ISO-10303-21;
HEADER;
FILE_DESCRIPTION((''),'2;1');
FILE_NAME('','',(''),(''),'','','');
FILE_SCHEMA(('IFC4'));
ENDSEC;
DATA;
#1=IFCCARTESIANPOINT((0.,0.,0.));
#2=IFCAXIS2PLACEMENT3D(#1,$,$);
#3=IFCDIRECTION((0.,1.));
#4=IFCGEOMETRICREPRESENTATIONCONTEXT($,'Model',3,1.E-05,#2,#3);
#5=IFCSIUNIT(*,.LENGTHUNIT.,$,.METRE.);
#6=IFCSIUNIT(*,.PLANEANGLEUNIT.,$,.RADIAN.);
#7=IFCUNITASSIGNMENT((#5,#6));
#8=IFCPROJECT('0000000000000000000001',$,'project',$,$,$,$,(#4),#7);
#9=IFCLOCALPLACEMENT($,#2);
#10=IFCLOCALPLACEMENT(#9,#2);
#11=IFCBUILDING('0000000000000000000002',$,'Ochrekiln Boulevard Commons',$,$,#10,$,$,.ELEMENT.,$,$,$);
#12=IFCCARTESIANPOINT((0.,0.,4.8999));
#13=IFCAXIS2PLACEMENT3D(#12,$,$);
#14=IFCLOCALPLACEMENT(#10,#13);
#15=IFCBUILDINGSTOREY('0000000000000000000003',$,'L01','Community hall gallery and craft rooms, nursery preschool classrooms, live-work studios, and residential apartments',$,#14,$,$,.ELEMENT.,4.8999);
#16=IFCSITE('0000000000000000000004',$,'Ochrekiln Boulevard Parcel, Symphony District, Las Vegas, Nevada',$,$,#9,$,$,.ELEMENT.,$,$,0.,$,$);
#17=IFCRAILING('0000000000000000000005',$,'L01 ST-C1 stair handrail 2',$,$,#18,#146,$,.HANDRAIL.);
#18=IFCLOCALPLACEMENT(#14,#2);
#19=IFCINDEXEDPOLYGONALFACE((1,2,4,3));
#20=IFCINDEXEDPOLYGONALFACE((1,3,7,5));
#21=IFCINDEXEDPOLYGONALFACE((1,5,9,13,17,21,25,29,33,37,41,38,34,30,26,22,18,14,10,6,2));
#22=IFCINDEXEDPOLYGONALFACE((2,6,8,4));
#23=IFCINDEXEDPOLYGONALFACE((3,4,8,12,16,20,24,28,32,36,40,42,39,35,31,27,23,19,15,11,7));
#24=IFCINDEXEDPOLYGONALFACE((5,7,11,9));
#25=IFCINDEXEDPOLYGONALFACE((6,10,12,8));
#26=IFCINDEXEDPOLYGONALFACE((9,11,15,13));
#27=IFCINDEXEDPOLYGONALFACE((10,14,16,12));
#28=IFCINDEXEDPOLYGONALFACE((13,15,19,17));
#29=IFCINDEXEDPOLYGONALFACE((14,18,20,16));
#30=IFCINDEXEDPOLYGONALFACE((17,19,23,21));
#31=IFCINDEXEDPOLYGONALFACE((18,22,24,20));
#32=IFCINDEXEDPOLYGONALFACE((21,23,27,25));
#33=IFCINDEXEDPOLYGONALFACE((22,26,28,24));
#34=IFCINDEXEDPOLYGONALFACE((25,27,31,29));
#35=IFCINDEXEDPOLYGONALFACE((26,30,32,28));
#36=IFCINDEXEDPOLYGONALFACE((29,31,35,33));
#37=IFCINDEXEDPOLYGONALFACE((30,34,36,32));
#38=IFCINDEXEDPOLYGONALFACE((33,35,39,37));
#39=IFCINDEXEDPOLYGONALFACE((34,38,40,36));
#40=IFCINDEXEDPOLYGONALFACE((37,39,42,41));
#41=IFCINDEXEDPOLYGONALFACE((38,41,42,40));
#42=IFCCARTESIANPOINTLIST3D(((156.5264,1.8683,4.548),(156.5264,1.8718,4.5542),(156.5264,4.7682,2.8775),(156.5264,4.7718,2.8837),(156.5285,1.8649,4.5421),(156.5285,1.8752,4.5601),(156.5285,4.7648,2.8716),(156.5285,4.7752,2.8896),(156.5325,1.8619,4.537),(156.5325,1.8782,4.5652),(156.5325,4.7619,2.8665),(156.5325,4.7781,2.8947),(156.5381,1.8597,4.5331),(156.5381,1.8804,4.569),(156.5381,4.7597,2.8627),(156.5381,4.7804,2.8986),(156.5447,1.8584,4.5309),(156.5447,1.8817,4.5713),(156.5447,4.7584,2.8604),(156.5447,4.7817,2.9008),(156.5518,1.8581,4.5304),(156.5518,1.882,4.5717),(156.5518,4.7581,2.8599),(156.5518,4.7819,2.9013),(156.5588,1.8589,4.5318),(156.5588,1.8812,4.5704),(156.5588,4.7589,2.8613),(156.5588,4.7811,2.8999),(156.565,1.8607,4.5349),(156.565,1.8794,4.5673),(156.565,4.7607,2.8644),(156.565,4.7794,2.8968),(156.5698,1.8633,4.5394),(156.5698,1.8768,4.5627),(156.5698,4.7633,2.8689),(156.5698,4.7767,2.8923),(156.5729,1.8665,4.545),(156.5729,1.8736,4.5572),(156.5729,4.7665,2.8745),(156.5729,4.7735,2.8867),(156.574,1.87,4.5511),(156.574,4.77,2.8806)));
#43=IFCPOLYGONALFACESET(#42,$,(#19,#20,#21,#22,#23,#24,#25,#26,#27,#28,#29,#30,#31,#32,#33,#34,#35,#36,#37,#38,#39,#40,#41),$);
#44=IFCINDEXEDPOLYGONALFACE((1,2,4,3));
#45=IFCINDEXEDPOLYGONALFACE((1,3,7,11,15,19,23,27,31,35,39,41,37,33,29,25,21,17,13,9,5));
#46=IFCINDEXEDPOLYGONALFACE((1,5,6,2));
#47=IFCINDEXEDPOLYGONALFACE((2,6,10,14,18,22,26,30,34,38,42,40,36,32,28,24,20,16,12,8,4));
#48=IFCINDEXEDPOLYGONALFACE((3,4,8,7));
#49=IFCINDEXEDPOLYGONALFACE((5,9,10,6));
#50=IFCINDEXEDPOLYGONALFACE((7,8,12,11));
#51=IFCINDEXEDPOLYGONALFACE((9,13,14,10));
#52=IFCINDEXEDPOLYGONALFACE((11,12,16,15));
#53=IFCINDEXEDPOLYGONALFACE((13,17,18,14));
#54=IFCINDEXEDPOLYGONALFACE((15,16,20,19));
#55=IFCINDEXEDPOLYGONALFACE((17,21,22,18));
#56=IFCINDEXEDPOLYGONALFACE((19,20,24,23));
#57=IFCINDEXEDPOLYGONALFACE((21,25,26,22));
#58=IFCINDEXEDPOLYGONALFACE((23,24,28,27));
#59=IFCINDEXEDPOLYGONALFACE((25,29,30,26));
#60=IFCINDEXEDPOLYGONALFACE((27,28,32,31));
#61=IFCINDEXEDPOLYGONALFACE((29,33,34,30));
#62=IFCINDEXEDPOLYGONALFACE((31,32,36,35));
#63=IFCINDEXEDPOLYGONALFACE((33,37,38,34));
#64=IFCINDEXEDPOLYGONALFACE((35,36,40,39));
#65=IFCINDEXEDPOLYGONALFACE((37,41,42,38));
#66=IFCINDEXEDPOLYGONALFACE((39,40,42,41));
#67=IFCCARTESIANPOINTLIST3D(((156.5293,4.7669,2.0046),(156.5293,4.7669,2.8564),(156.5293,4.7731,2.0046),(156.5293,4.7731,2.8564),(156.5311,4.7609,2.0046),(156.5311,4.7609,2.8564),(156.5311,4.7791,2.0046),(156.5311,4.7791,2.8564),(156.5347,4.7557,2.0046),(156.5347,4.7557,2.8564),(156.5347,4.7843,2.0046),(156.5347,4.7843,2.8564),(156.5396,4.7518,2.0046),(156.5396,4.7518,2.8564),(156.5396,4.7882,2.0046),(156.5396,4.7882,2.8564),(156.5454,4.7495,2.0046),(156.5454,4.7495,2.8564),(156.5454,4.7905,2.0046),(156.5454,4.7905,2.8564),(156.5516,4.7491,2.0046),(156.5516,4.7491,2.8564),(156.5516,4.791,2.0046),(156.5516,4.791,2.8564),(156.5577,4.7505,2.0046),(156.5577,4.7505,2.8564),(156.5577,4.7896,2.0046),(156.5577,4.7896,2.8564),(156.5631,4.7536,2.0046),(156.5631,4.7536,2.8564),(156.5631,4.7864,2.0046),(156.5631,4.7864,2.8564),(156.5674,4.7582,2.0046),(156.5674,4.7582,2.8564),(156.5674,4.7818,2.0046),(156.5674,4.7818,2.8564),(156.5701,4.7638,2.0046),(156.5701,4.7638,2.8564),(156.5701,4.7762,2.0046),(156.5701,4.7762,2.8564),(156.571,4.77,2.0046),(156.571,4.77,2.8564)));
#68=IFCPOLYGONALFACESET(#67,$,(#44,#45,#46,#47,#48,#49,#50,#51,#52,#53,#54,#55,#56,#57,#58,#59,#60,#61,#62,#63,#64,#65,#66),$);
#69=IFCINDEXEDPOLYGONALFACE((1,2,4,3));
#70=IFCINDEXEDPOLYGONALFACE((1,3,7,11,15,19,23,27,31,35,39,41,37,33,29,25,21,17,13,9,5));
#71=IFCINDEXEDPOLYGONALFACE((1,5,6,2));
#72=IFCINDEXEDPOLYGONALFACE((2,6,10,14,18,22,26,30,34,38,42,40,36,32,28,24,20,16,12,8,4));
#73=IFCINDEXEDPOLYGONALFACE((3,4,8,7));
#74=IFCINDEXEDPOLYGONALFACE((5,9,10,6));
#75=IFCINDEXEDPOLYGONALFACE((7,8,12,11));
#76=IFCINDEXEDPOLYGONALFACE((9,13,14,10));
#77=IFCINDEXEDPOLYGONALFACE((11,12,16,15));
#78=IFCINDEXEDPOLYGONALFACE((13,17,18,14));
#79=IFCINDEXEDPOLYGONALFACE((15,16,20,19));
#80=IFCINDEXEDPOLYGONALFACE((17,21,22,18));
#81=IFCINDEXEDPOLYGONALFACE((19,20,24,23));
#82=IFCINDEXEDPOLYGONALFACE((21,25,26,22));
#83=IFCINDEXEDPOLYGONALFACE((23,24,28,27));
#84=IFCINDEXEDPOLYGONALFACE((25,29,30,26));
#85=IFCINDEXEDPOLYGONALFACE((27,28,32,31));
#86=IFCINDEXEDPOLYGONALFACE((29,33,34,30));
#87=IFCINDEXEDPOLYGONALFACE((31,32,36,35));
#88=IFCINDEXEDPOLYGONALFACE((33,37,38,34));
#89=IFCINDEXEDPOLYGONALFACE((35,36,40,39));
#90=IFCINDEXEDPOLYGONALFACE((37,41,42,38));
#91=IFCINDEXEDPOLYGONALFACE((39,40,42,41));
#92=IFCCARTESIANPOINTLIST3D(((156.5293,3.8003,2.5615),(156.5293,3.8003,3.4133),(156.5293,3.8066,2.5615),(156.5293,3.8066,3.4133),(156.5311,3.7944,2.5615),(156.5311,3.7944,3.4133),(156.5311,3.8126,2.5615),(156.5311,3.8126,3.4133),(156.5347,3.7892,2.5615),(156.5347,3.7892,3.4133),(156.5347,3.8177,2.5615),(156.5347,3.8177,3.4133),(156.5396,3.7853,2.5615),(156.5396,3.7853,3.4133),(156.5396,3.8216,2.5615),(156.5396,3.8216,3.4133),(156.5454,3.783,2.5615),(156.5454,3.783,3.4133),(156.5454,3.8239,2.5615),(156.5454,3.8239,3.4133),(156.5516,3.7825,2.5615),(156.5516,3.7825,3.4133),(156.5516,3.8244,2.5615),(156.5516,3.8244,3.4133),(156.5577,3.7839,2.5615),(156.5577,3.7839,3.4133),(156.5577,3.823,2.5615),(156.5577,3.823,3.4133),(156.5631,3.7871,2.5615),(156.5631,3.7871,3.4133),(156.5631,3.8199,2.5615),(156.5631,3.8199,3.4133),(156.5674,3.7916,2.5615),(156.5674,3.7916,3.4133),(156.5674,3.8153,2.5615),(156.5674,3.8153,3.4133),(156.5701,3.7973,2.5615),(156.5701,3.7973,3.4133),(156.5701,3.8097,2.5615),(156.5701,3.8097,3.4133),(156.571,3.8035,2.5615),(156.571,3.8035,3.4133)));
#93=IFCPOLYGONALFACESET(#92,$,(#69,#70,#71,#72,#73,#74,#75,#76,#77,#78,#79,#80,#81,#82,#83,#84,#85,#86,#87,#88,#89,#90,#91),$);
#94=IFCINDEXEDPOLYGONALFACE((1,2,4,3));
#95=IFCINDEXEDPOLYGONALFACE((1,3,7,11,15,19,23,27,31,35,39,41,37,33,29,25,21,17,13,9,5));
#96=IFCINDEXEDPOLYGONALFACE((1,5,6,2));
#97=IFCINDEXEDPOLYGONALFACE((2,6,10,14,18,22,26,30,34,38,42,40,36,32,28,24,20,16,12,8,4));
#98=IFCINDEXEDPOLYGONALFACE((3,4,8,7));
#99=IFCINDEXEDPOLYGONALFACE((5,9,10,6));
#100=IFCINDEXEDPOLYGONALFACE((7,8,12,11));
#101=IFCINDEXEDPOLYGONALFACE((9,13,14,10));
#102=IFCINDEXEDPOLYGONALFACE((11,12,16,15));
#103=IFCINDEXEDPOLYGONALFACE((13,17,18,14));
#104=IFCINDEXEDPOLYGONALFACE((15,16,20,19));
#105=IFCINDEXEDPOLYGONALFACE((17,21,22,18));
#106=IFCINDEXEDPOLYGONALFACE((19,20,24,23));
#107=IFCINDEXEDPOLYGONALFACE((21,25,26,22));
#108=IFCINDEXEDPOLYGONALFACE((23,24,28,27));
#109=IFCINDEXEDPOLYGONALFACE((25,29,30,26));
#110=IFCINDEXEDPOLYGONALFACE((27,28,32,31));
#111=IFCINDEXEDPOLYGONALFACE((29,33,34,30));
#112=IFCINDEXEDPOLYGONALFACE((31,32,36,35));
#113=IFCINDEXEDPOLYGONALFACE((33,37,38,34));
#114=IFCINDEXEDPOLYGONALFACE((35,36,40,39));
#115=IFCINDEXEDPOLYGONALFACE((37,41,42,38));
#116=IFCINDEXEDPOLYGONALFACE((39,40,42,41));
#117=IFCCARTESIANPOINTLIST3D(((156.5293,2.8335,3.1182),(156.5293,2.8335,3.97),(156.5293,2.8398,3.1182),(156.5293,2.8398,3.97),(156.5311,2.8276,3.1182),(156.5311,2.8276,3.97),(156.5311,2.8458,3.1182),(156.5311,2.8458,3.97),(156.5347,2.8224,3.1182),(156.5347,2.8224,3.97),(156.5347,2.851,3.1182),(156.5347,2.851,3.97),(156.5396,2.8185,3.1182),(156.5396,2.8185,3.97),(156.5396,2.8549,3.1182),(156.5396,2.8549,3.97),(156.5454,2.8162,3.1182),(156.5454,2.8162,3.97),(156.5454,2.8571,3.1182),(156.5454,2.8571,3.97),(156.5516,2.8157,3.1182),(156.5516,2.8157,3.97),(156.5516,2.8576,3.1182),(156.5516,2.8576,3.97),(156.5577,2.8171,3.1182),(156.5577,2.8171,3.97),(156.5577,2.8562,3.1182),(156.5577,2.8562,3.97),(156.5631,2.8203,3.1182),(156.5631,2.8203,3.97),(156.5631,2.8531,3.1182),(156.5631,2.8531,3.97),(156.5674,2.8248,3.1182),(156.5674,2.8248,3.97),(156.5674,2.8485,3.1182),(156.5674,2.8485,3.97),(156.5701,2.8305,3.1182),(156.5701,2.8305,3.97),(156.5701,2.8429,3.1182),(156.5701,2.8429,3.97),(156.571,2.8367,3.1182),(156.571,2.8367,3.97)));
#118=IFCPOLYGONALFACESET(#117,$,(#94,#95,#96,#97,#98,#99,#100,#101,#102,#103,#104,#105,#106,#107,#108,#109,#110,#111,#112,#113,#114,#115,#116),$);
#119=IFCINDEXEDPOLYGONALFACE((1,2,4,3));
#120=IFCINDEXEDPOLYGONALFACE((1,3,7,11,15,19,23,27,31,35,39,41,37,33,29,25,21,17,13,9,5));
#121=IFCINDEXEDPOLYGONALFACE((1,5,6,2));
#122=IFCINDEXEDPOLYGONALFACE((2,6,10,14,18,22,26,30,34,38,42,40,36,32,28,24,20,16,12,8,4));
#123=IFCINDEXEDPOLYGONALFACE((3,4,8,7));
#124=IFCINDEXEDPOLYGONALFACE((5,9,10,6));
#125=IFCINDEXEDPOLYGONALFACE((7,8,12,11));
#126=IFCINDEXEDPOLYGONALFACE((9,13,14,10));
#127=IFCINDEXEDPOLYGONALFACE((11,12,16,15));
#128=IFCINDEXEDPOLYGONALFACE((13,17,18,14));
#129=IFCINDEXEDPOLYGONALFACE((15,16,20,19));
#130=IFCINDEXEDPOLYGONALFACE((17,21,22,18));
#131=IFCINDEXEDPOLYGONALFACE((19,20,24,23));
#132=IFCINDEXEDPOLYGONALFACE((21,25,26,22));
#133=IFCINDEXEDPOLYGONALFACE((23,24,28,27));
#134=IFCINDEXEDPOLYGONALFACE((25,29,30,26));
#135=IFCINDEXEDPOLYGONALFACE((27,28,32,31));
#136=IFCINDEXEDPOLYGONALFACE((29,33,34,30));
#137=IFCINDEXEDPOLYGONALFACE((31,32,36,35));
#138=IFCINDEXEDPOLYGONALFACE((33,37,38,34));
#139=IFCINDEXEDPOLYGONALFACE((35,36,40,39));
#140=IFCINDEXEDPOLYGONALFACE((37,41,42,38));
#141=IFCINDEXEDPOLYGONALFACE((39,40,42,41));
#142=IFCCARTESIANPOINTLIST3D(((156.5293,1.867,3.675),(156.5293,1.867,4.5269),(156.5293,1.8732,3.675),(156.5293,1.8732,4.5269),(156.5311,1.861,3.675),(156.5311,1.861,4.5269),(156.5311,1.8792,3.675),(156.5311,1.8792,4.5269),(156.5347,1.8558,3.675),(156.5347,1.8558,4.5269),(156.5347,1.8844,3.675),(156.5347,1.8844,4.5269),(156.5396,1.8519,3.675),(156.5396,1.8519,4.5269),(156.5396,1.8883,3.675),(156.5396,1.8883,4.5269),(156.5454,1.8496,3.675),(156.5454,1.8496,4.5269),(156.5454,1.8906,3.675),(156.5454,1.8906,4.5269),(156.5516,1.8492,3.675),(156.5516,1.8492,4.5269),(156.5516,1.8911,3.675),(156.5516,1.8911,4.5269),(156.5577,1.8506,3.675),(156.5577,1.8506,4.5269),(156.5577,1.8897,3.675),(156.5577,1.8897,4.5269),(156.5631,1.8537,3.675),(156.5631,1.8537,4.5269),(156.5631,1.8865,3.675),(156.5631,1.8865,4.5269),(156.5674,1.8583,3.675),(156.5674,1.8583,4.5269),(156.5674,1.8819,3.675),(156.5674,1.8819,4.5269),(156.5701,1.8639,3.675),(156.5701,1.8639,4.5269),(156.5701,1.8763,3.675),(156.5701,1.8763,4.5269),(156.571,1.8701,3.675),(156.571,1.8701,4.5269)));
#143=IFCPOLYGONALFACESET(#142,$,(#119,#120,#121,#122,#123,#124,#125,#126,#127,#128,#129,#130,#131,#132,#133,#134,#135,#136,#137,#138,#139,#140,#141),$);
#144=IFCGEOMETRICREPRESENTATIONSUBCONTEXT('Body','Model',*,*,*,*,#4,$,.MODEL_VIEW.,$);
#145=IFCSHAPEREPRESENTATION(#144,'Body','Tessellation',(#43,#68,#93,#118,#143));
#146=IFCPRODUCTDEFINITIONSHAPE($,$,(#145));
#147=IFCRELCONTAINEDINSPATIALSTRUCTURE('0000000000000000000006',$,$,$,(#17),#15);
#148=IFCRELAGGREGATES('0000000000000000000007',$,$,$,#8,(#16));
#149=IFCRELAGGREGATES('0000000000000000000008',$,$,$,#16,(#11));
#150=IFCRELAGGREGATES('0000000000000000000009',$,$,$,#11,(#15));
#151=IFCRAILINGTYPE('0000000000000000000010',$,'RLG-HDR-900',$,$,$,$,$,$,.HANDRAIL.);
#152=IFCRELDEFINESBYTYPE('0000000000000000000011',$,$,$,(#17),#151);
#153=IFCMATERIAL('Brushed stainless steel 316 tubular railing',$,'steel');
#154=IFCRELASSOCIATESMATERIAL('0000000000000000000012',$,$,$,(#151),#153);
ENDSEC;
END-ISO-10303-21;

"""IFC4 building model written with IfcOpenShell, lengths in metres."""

from ifc_helpers import new_model, si_unit, direction, frame, origin, origin_2d, place, context, subcontext, project, spatial, circle, extrude, material, type_object, element, save


model = new_model("IFC4")

# Units and contexts
model_context = context("Model", 3, precision=1e-05, world=origin(), true_north=direction((0.0, 1.0)))
body_context = subcontext(model_context, "Body", "Model", "MODEL_VIEW")
ifc_project = project(units=[si_unit("LENGTHUNIT", "METRE"), si_unit("PLANEANGLEUNIT", "RADIAN")], contexts=[model_context])

# Site, building, storey
site_placement = place(None, origin())
site = spatial("IfcSite", under=ifc_project, at=site_placement, Name="Ochrekiln Boulevard Parcel, Symphony District, Las Vegas, Nevada", CompositionType="ELEMENT", RefElevation=0.0)
building_placement = place(site_placement, origin())
building = spatial("IfcBuilding", under=site, at=building_placement, Name="Ochrekiln Boulevard Commons", CompositionType="ELEMENT")
storey_placement = place(building_placement, frame((0.0, 0.0, 4.8999)))
storey = spatial("IfcBuildingStorey", under=building, at=storey_placement, Name="L01", Description="Community hall gallery and craft rooms, nursery preschool classrooms, live-work studios, and residential apartments", CompositionType="ELEMENT", Elevation=4.8999)

# Railing
ifc_material_1 = material(Name="Brushed stainless steel 316 tubular railing", Category="steel")
railing_type_1 = type_object("IfcRailingType", Name="RLG-HDR-900", PredefinedType="HANDRAIL", material=ifc_material_1)
railing_1_placement = place(storey_placement, frame((156.55, 4.77, 2.0046)))
element("IfcRailing", 1, at=railing_1_placement, inside=storey, type_object=railing_type_1, Name="L01 ST-C1 stair handrail 2", PredefinedType="HANDRAIL", context=body_context, shape_type="SweptSolid", body=[
    extrude(circle(Radius=0.0239, at=origin_2d()), frame((0.0, 0.0, 0.876), z_axis=(0.0, -0.866523, 0.499137), x_axis=(1.0, 0.0, 0.0)), (0.0, 0.0, 1.0), 3.3467),
    extrude(circle(Radius=0.021, at=origin_2d()), origin(), (0.0, 0.0, 1.0), 0.8518),
    extrude(circle(Radius=0.021, at=origin_2d()), frame((0.0, -0.9666, 0.5569)), (0.0, 0.0, 1.0), 0.8518),
    extrude(circle(Radius=0.021, at=origin_2d()), frame((0.0, -1.9333, 1.1135)), (0.0, 0.0, 1.0), 0.8518),
    extrude(circle(Radius=0.021, at=origin_2d()), frame((0.0, -2.8999, 1.6704)), (0.0, 0.0, 1.0), 0.8518),
])

save(model, "model.ifc")
